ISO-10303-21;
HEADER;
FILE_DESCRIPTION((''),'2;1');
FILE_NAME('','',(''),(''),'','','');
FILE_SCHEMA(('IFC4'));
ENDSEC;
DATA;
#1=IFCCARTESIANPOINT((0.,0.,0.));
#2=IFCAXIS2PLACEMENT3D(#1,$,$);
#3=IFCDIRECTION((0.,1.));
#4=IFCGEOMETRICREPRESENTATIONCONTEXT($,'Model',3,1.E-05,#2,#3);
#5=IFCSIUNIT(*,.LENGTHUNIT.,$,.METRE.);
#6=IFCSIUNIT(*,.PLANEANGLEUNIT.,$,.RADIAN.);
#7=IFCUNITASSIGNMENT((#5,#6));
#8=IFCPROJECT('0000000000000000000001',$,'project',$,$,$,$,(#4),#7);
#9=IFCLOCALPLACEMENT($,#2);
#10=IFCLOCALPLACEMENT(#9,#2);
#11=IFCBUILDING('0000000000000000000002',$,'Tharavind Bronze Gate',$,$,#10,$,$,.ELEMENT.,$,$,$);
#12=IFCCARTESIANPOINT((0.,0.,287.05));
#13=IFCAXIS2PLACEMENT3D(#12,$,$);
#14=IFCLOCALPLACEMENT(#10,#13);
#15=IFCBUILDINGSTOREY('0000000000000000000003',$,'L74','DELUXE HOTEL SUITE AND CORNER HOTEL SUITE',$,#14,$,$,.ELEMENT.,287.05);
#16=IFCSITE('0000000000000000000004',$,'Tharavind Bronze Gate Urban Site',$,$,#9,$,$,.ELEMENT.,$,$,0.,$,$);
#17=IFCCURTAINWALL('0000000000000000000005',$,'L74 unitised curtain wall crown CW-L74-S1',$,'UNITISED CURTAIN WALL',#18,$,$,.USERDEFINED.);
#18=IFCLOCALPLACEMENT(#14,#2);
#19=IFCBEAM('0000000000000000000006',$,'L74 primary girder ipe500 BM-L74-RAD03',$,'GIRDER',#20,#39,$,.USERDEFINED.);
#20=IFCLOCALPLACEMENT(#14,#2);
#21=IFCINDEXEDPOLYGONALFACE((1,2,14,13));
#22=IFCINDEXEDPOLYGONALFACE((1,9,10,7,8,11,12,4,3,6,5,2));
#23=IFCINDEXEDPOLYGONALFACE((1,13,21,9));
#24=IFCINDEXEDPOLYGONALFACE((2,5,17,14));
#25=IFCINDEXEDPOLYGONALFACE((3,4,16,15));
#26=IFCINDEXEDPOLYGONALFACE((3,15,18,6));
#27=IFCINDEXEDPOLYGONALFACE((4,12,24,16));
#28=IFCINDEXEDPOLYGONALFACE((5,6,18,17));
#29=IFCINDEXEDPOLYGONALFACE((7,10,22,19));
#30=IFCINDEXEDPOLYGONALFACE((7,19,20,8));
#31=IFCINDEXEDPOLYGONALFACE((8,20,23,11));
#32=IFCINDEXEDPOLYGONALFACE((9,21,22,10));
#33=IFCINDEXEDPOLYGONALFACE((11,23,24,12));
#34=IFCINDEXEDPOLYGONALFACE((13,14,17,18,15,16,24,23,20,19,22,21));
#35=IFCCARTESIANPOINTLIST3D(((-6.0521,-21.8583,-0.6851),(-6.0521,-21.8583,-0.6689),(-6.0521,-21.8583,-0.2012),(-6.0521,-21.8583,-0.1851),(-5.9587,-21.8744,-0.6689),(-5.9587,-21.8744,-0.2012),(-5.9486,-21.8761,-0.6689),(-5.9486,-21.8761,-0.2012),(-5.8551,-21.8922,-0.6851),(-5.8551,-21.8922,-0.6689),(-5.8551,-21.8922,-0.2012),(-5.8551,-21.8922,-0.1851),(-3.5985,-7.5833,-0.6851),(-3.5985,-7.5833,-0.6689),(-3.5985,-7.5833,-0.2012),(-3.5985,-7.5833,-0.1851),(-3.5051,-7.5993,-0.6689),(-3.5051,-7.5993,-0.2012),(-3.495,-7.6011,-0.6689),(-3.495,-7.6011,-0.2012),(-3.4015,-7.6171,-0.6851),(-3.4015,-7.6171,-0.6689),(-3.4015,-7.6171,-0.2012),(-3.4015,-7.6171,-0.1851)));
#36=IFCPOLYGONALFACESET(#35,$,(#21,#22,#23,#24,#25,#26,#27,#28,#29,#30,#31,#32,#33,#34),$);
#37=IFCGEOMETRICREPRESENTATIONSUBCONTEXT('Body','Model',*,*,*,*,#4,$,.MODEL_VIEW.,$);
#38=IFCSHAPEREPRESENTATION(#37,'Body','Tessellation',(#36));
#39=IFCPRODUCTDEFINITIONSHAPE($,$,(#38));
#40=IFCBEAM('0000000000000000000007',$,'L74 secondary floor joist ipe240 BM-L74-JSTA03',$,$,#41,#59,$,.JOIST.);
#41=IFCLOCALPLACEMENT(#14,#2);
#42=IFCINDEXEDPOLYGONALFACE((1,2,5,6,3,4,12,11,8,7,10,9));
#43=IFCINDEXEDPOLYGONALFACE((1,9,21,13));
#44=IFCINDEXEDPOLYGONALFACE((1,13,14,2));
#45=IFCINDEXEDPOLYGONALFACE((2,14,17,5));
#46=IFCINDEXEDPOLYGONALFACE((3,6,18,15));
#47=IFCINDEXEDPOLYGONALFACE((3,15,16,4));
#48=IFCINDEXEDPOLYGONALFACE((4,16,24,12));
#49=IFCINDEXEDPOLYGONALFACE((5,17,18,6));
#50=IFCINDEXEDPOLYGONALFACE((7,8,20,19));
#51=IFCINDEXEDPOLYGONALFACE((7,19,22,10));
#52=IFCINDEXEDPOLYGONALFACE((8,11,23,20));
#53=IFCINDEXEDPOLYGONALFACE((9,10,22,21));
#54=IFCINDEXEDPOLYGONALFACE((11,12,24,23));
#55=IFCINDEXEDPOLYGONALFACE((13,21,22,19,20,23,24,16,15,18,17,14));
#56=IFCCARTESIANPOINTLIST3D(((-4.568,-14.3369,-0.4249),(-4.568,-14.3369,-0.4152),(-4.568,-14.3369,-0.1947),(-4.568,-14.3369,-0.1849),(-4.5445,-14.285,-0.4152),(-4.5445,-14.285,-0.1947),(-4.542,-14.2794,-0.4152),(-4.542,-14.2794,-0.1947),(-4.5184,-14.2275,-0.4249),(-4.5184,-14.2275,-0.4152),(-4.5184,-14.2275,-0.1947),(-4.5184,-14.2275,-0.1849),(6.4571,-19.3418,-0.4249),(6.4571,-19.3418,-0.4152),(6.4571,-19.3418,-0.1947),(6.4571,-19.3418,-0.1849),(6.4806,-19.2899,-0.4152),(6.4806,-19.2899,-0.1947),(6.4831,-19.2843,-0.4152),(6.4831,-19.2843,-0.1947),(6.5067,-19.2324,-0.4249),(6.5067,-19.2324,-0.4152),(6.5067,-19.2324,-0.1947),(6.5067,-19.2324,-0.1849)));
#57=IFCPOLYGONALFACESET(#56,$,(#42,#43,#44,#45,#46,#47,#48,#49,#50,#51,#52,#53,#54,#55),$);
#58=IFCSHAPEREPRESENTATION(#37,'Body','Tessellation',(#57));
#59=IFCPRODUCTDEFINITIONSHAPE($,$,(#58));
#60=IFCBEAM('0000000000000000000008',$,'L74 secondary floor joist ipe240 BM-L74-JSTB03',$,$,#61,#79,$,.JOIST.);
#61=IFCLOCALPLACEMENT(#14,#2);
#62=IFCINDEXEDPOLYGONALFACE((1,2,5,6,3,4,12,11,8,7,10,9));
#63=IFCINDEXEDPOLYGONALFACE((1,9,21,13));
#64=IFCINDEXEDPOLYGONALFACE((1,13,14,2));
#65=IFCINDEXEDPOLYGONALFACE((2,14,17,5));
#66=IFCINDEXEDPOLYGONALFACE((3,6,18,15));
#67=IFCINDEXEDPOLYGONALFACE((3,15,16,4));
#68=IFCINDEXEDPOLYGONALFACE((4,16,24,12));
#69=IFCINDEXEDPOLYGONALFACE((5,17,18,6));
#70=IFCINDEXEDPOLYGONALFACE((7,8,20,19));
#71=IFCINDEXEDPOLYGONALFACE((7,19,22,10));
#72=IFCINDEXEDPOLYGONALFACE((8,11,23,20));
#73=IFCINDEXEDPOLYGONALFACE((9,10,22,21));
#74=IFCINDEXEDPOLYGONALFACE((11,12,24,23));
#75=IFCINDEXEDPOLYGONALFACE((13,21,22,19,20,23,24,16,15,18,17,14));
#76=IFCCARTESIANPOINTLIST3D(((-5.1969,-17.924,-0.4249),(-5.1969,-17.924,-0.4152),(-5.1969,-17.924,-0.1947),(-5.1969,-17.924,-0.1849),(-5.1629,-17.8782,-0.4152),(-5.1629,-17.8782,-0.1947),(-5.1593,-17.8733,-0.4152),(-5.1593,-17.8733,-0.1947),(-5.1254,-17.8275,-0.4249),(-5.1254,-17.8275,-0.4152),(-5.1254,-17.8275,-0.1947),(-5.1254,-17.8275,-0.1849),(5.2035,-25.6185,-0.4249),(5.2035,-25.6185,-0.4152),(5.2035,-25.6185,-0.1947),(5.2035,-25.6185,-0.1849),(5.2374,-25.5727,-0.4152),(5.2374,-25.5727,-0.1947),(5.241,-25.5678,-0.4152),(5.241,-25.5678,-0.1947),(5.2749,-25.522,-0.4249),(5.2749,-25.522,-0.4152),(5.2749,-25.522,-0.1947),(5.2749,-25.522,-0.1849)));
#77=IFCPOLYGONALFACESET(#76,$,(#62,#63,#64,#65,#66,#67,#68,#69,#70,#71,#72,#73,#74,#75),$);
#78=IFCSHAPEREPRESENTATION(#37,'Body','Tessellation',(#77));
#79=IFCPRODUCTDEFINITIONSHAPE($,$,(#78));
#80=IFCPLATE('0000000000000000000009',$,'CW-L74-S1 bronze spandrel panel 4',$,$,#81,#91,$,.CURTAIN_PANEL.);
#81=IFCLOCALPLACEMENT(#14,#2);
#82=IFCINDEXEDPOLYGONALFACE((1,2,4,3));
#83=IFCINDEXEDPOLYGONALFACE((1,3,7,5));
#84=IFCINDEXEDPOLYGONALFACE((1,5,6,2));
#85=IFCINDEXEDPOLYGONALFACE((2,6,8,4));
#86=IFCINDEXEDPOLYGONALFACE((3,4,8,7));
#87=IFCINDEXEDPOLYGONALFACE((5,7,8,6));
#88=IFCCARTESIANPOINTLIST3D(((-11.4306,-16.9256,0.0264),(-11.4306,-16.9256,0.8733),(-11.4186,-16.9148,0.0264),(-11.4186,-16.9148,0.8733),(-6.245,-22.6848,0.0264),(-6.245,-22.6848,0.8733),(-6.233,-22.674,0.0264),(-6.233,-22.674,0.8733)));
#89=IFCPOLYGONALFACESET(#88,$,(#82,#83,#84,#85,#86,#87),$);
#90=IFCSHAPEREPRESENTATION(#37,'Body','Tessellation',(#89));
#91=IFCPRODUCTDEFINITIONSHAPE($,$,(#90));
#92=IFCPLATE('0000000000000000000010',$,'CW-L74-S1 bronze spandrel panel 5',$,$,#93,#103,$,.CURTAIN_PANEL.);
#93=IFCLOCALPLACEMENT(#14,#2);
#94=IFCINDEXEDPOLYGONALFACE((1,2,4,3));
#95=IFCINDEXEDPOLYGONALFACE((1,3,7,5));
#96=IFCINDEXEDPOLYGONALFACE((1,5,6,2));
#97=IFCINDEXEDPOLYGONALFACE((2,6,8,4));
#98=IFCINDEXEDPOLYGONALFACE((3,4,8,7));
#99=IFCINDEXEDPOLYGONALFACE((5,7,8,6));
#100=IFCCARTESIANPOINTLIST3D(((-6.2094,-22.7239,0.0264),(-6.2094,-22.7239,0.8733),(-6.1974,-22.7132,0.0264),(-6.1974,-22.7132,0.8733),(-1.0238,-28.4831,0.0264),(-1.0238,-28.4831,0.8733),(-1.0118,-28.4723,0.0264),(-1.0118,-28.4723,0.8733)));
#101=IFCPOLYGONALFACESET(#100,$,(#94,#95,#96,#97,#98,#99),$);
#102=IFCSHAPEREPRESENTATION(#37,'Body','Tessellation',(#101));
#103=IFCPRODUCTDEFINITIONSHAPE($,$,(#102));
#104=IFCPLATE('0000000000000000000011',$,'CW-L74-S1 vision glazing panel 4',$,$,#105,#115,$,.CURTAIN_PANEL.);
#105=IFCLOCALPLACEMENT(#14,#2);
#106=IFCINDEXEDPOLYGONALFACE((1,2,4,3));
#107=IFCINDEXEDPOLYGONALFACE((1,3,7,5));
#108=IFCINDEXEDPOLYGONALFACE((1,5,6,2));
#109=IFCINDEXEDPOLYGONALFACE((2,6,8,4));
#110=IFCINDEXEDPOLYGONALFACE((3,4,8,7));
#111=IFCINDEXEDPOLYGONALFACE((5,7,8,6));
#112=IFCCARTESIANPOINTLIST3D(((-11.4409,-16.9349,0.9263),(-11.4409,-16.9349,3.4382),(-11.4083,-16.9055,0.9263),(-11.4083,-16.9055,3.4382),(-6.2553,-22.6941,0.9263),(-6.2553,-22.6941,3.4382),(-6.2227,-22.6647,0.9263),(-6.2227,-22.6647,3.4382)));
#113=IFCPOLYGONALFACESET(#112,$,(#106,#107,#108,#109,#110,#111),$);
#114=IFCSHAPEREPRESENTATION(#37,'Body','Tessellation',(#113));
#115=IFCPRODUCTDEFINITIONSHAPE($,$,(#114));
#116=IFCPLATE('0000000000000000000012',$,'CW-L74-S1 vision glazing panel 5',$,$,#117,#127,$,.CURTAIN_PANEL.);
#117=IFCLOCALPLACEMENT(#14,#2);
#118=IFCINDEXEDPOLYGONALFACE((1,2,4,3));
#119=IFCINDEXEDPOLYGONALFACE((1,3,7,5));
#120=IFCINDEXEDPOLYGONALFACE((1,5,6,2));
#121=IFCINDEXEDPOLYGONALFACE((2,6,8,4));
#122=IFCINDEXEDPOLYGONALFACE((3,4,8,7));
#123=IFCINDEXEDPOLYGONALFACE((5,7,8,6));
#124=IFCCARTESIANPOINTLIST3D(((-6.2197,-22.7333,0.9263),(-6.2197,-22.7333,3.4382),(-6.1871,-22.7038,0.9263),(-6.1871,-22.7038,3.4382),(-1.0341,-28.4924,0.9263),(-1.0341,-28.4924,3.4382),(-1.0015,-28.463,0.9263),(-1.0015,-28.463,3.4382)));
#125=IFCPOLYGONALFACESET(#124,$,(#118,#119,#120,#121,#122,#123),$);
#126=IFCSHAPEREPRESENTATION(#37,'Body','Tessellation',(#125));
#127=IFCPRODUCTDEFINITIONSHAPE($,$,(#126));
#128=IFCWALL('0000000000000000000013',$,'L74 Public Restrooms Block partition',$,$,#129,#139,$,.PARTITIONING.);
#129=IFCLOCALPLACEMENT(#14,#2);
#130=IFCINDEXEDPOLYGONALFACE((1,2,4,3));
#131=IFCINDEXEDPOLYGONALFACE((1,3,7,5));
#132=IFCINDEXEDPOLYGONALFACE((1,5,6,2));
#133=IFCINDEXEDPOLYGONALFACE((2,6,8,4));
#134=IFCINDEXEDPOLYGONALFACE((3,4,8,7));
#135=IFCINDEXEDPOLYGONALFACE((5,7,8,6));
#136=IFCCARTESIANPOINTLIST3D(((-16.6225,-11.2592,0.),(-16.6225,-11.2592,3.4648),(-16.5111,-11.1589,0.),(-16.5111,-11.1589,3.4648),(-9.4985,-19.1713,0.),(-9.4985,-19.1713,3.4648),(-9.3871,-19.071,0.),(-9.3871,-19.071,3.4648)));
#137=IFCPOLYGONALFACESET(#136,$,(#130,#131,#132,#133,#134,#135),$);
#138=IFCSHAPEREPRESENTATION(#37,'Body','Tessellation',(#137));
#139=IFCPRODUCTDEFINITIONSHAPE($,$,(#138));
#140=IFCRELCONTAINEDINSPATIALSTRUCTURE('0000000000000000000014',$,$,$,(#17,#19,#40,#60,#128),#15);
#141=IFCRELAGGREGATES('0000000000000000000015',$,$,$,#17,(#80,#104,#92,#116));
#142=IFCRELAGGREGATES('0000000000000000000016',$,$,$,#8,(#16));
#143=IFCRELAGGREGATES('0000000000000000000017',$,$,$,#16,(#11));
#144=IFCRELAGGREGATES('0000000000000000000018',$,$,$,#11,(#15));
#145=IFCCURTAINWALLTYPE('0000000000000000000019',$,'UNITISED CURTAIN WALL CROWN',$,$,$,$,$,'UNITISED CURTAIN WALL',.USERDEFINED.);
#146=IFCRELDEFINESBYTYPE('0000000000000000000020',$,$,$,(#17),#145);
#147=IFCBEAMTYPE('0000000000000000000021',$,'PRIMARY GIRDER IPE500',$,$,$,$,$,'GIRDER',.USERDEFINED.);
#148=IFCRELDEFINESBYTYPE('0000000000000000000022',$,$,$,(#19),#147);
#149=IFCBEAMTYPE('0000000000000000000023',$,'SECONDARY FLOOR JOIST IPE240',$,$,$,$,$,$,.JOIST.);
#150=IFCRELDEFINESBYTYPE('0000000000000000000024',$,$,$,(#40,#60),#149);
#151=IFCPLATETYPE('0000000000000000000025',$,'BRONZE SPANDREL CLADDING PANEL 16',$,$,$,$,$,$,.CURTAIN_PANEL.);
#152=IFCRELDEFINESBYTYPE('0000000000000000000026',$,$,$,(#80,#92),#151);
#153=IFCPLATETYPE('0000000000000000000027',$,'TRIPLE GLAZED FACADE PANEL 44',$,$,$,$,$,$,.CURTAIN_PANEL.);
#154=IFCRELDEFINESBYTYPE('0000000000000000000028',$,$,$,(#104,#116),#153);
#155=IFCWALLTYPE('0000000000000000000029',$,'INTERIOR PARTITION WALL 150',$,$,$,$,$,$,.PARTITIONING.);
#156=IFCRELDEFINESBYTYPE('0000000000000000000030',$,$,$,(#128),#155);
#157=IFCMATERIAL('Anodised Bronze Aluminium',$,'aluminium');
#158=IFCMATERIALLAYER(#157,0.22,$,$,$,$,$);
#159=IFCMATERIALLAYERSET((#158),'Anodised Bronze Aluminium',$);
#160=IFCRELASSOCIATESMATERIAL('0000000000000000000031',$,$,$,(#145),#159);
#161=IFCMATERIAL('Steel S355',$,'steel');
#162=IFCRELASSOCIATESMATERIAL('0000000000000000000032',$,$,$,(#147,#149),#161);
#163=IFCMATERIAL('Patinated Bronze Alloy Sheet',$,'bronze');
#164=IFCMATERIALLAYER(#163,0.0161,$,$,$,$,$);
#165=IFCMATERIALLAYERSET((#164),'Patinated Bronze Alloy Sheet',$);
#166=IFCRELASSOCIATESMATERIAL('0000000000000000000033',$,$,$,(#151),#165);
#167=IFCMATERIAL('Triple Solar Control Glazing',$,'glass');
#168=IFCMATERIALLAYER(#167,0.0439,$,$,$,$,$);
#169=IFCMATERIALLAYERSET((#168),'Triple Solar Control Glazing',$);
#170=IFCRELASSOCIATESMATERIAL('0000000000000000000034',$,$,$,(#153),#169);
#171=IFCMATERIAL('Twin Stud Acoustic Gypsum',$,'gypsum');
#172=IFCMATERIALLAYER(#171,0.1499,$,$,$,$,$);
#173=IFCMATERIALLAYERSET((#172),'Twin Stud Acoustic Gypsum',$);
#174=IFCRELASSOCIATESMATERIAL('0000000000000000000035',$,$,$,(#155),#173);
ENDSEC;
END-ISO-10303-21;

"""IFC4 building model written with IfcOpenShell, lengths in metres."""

from ifc_helpers import new_model, si_unit, direction, frame, frame_2d, origin, origin_2d, place, context, subcontext, project, spatial, rectangle, i_section, extrude, material, layer, layer_set, material_profile, profile_set, type_object, element, aggregate, save


model = new_model("IFC4")

# Units and contexts
model_context = context("Model", 3, precision=1e-05, world=origin(), true_north=direction((0.0, 1.0)))
body_context = subcontext(model_context, "Body", "Model", "MODEL_VIEW")
ifc_project = project(units=[si_unit("LENGTHUNIT", "METRE"), si_unit("PLANEANGLEUNIT", "RADIAN")], contexts=[model_context])

# Site, building, storey
site_placement = place(None, origin())
site = spatial("IfcSite", under=ifc_project, at=site_placement, Name="Tharavind Bronze Gate Urban Site", CompositionType="ELEMENT", RefElevation=0.0)
building_placement = place(site_placement, origin())
building = spatial("IfcBuilding", under=site, at=building_placement, Name="Tharavind Bronze Gate", CompositionType="ELEMENT")
storey_placement = place(building_placement, frame((0.0, 0.0, 287.05)))
storey = spatial("IfcBuildingStorey", under=building, at=storey_placement, Name="L74", Description="DELUXE HOTEL SUITE AND CORNER HOTEL SUITE", CompositionType="ELEMENT", Elevation=287.05)

# Curtain wall
ifc_material_1 = material(Name="Anodised Bronze Aluminium", Category="aluminium")
ifc_layer_1 = layer(ifc_material_1, 0.22)
ifc_layer_set_1 = layer_set([ifc_layer_1], Name="Anodised Bronze Aluminium")
curtain_wall_type = type_object("IfcCurtainWallType", Name="UNITISED CURTAIN WALL CROWN", ElementType="UNITISED CURTAIN WALL", PredefinedType="USERDEFINED", material=ifc_layer_set_1)
curtain_wall_placement = place(storey_placement, origin())
curtain_wall = element("IfcCurtainWall", 1, at=curtain_wall_placement, inside=storey, type_object=curtain_wall_type, Name="L74 unitised curtain wall crown CW-L74-S1", ObjectType="UNITISED CURTAIN WALL", PredefinedType="USERDEFINED")

# Beams
ifc_material_2 = material(Name="Steel S355", Category="steel")
ifc_material_profile_1 = material_profile(ifc_material_2, i_section(OverallWidth=0.2, OverallDepth=0.5, WebThickness=0.0103, FlangeThickness=0.0161, at=origin_2d()), Name="IPE500")
ifc_profile_set_1 = profile_set([ifc_material_profile_1], Name="Steel S355")
beam_type_1 = type_object("IfcBeamType", Name="PRIMARY GIRDER IPE500", ElementType="GIRDER", PredefinedType="USERDEFINED", material=ifc_profile_set_1)
beam_1_placement = place(storey_placement, frame((-5.9536, -21.8752, -0.4351), z_axis=(0.169396, 0.985548, 0.0), x_axis=(-0.985548, 0.169396, 0.0)))
element("IfcBeam", 2, at=beam_1_placement, inside=storey, type_object=beam_type_1, Name="L74 primary girder ipe500 BM-L74-RAD03", ObjectType="GIRDER", PredefinedType="USERDEFINED", context=body_context, shape_type="SweptSolid", body=[
    extrude(i_section(OverallWidth=0.2, OverallDepth=0.5, WebThickness=0.0103, FlangeThickness=0.0161, at=origin_2d()), origin(), (0.0, 0.0, 1.0), 14.4844),
])
ifc_material_profile_2 = material_profile(ifc_material_2, i_section(OverallWidth=0.1201, OverallDepth=0.24, WebThickness=0.0061, FlangeThickness=0.0098, at=origin_2d()), Name="IPE240")
ifc_profile_set_2 = profile_set([ifc_material_profile_2], Name="Steel S355")
beam_type_2 = type_object("IfcBeamType", Name="SECONDARY FLOOR JOIST IPE240", PredefinedType="JOIST", material=ifc_profile_set_2)
beam_2_placement = place(storey_placement, frame((-4.5432, -14.2822, -0.3049), z_axis=(0.91057, -0.413355, 0.0), x_axis=(0.413355, 0.91057, 0.0)))
element("IfcBeam", 3, at=beam_2_placement, inside=storey, type_object=beam_type_2, Name="L74 secondary floor joist ipe240 BM-L74-JSTA03", PredefinedType="JOIST", context=body_context, shape_type="SweptSolid", body=[
    extrude(i_section(OverallWidth=0.1201, OverallDepth=0.24, WebThickness=0.0061, FlangeThickness=0.0098, at=origin_2d()), origin(), (0.0, 0.0, 1.0), 12.1079),
])
beam_3_placement = place(storey_placement, frame((-5.1611, -17.8757, -0.3049), z_axis=(0.803905, -0.594758, 0.0), x_axis=(0.594758, 0.803905, 0.0)))
element("IfcBeam", 4, at=beam_3_placement, inside=storey, type_object=beam_type_2, Name="L74 secondary floor joist ipe240 BM-L74-JSTB03", PredefinedType="JOIST", context=body_context, shape_type="SweptSolid", body=[
    extrude(i_section(OverallWidth=0.1201, OverallDepth=0.24, WebThickness=0.0061, FlangeThickness=0.0098, at=origin_2d()), origin(), (0.0, 0.0, 1.0), 12.9373),
])

# Plates
ifc_material_3 = material(Name="Patinated Bronze Alloy Sheet", Category="bronze")
ifc_layer_2 = layer(ifc_material_3, 0.0161)
ifc_layer_set_2 = layer_set([ifc_layer_2], Name="Patinated Bronze Alloy Sheet")
plate_type_1 = type_object("IfcPlateType", Name="BRONZE SPANDREL CLADDING PANEL 16", PredefinedType="CURTAIN_PANEL", material=ifc_layer_set_2)
plate_1_placement = place(storey_placement, frame((-8.8318, -19.7998, 0.0264), z_axis=(0.0, 0.0, 1.0), x_axis=(0.669131, -0.743145, 0.0)))
plate_1 = element("IfcPlate", 5, at=plate_1_placement, type_object=plate_type_1, Name="CW-L74-S1 bronze spandrel panel 4", PredefinedType="CURTAIN_PANEL", context=body_context, shape_type="SweptSolid", body=[
    extrude(rectangle(XDim=7.7498, YDim=0.0161, at=origin_2d()), origin(), (0.0, 0.0, 1.0), 0.8469),
])
plate_2_placement = place(storey_placement, frame((-3.6106, -25.5981, 0.0264), z_axis=(0.0, 0.0, 1.0), x_axis=(0.669131, -0.743145, 0.0)))
plate_2 = element("IfcPlate", 6, at=plate_2_placement, type_object=plate_type_1, Name="CW-L74-S1 bronze spandrel panel 5", PredefinedType="CURTAIN_PANEL", context=body_context, shape_type="SweptSolid", body=[
    extrude(rectangle(XDim=7.7498, YDim=0.0161, at=origin_2d()), origin(), (0.0, 0.0, 1.0), 0.8469),
])
ifc_material_4 = material(Name="Triple Solar Control Glazing", Category="glass")
ifc_layer_3 = layer(ifc_material_4, 0.0439)
ifc_layer_set_3 = layer_set([ifc_layer_3], Name="Triple Solar Control Glazing")
plate_type_2 = type_object("IfcPlateType", Name="TRIPLE GLAZED FACADE PANEL 44", PredefinedType="CURTAIN_PANEL", material=ifc_layer_set_3)
plate_3_placement = place(storey_placement, frame((-8.8318, -19.7998, 0.9263), z_axis=(0.0, 0.0, 1.0), x_axis=(0.669131, -0.743145, 0.0)))
plate_3 = element("IfcPlate", 7, at=plate_3_placement, type_object=plate_type_2, Name="CW-L74-S1 vision glazing panel 4", PredefinedType="CURTAIN_PANEL", context=body_context, shape_type="SweptSolid", body=[
    extrude(rectangle(XDim=7.7498, YDim=0.0439, at=origin_2d()), origin(), (0.0, 0.0, 1.0), 2.512),
])
plate_4_placement = place(storey_placement, frame((-3.6106, -25.5981, 0.9263), z_axis=(0.0, 0.0, 1.0), x_axis=(0.669131, -0.743145, 0.0)))
plate_4 = element("IfcPlate", 8, at=plate_4_placement, type_object=plate_type_2, Name="CW-L74-S1 vision glazing panel 5", PredefinedType="CURTAIN_PANEL", context=body_context, shape_type="SweptSolid", body=[
    extrude(rectangle(XDim=7.7498, YDim=0.0439, at=origin_2d()), origin(), (0.0, 0.0, 1.0), 2.512),
])
aggregate(curtain_wall, [plate_1, plate_3, plate_2, plate_4])

# Wall
ifc_material_5 = material(Name="Twin Stud Acoustic Gypsum", Category="gypsum")
ifc_layer_4 = layer(ifc_material_5, 0.1499)
ifc_layer_set_4 = layer_set([ifc_layer_4], Name="Twin Stud Acoustic Gypsum")
wall_type = type_object("IfcWallType", Name="INTERIOR PARTITION WALL 150", PredefinedType="PARTITIONING", material=ifc_layer_set_4)
wall_placement = place(storey_placement, frame((-9.4429, -19.1211, 0.0), z_axis=(0.0, 0.0, 1.0), x_axis=(-0.669127, 0.743148, 0.0)))
element("IfcWall", 9, at=wall_placement, inside=storey, type_object=wall_type, Name="L74 Public Restrooms Block partition", PredefinedType="PARTITIONING", context=body_context, shape_type="SweptSolid", body=[
    extrude(rectangle(XDim=10.6467, YDim=0.1499, at=frame_2d((5.3232, 0.0))), origin(), (0.0, 0.0, 1.0), 3.4648),
])

save(model, "model.ifc")
